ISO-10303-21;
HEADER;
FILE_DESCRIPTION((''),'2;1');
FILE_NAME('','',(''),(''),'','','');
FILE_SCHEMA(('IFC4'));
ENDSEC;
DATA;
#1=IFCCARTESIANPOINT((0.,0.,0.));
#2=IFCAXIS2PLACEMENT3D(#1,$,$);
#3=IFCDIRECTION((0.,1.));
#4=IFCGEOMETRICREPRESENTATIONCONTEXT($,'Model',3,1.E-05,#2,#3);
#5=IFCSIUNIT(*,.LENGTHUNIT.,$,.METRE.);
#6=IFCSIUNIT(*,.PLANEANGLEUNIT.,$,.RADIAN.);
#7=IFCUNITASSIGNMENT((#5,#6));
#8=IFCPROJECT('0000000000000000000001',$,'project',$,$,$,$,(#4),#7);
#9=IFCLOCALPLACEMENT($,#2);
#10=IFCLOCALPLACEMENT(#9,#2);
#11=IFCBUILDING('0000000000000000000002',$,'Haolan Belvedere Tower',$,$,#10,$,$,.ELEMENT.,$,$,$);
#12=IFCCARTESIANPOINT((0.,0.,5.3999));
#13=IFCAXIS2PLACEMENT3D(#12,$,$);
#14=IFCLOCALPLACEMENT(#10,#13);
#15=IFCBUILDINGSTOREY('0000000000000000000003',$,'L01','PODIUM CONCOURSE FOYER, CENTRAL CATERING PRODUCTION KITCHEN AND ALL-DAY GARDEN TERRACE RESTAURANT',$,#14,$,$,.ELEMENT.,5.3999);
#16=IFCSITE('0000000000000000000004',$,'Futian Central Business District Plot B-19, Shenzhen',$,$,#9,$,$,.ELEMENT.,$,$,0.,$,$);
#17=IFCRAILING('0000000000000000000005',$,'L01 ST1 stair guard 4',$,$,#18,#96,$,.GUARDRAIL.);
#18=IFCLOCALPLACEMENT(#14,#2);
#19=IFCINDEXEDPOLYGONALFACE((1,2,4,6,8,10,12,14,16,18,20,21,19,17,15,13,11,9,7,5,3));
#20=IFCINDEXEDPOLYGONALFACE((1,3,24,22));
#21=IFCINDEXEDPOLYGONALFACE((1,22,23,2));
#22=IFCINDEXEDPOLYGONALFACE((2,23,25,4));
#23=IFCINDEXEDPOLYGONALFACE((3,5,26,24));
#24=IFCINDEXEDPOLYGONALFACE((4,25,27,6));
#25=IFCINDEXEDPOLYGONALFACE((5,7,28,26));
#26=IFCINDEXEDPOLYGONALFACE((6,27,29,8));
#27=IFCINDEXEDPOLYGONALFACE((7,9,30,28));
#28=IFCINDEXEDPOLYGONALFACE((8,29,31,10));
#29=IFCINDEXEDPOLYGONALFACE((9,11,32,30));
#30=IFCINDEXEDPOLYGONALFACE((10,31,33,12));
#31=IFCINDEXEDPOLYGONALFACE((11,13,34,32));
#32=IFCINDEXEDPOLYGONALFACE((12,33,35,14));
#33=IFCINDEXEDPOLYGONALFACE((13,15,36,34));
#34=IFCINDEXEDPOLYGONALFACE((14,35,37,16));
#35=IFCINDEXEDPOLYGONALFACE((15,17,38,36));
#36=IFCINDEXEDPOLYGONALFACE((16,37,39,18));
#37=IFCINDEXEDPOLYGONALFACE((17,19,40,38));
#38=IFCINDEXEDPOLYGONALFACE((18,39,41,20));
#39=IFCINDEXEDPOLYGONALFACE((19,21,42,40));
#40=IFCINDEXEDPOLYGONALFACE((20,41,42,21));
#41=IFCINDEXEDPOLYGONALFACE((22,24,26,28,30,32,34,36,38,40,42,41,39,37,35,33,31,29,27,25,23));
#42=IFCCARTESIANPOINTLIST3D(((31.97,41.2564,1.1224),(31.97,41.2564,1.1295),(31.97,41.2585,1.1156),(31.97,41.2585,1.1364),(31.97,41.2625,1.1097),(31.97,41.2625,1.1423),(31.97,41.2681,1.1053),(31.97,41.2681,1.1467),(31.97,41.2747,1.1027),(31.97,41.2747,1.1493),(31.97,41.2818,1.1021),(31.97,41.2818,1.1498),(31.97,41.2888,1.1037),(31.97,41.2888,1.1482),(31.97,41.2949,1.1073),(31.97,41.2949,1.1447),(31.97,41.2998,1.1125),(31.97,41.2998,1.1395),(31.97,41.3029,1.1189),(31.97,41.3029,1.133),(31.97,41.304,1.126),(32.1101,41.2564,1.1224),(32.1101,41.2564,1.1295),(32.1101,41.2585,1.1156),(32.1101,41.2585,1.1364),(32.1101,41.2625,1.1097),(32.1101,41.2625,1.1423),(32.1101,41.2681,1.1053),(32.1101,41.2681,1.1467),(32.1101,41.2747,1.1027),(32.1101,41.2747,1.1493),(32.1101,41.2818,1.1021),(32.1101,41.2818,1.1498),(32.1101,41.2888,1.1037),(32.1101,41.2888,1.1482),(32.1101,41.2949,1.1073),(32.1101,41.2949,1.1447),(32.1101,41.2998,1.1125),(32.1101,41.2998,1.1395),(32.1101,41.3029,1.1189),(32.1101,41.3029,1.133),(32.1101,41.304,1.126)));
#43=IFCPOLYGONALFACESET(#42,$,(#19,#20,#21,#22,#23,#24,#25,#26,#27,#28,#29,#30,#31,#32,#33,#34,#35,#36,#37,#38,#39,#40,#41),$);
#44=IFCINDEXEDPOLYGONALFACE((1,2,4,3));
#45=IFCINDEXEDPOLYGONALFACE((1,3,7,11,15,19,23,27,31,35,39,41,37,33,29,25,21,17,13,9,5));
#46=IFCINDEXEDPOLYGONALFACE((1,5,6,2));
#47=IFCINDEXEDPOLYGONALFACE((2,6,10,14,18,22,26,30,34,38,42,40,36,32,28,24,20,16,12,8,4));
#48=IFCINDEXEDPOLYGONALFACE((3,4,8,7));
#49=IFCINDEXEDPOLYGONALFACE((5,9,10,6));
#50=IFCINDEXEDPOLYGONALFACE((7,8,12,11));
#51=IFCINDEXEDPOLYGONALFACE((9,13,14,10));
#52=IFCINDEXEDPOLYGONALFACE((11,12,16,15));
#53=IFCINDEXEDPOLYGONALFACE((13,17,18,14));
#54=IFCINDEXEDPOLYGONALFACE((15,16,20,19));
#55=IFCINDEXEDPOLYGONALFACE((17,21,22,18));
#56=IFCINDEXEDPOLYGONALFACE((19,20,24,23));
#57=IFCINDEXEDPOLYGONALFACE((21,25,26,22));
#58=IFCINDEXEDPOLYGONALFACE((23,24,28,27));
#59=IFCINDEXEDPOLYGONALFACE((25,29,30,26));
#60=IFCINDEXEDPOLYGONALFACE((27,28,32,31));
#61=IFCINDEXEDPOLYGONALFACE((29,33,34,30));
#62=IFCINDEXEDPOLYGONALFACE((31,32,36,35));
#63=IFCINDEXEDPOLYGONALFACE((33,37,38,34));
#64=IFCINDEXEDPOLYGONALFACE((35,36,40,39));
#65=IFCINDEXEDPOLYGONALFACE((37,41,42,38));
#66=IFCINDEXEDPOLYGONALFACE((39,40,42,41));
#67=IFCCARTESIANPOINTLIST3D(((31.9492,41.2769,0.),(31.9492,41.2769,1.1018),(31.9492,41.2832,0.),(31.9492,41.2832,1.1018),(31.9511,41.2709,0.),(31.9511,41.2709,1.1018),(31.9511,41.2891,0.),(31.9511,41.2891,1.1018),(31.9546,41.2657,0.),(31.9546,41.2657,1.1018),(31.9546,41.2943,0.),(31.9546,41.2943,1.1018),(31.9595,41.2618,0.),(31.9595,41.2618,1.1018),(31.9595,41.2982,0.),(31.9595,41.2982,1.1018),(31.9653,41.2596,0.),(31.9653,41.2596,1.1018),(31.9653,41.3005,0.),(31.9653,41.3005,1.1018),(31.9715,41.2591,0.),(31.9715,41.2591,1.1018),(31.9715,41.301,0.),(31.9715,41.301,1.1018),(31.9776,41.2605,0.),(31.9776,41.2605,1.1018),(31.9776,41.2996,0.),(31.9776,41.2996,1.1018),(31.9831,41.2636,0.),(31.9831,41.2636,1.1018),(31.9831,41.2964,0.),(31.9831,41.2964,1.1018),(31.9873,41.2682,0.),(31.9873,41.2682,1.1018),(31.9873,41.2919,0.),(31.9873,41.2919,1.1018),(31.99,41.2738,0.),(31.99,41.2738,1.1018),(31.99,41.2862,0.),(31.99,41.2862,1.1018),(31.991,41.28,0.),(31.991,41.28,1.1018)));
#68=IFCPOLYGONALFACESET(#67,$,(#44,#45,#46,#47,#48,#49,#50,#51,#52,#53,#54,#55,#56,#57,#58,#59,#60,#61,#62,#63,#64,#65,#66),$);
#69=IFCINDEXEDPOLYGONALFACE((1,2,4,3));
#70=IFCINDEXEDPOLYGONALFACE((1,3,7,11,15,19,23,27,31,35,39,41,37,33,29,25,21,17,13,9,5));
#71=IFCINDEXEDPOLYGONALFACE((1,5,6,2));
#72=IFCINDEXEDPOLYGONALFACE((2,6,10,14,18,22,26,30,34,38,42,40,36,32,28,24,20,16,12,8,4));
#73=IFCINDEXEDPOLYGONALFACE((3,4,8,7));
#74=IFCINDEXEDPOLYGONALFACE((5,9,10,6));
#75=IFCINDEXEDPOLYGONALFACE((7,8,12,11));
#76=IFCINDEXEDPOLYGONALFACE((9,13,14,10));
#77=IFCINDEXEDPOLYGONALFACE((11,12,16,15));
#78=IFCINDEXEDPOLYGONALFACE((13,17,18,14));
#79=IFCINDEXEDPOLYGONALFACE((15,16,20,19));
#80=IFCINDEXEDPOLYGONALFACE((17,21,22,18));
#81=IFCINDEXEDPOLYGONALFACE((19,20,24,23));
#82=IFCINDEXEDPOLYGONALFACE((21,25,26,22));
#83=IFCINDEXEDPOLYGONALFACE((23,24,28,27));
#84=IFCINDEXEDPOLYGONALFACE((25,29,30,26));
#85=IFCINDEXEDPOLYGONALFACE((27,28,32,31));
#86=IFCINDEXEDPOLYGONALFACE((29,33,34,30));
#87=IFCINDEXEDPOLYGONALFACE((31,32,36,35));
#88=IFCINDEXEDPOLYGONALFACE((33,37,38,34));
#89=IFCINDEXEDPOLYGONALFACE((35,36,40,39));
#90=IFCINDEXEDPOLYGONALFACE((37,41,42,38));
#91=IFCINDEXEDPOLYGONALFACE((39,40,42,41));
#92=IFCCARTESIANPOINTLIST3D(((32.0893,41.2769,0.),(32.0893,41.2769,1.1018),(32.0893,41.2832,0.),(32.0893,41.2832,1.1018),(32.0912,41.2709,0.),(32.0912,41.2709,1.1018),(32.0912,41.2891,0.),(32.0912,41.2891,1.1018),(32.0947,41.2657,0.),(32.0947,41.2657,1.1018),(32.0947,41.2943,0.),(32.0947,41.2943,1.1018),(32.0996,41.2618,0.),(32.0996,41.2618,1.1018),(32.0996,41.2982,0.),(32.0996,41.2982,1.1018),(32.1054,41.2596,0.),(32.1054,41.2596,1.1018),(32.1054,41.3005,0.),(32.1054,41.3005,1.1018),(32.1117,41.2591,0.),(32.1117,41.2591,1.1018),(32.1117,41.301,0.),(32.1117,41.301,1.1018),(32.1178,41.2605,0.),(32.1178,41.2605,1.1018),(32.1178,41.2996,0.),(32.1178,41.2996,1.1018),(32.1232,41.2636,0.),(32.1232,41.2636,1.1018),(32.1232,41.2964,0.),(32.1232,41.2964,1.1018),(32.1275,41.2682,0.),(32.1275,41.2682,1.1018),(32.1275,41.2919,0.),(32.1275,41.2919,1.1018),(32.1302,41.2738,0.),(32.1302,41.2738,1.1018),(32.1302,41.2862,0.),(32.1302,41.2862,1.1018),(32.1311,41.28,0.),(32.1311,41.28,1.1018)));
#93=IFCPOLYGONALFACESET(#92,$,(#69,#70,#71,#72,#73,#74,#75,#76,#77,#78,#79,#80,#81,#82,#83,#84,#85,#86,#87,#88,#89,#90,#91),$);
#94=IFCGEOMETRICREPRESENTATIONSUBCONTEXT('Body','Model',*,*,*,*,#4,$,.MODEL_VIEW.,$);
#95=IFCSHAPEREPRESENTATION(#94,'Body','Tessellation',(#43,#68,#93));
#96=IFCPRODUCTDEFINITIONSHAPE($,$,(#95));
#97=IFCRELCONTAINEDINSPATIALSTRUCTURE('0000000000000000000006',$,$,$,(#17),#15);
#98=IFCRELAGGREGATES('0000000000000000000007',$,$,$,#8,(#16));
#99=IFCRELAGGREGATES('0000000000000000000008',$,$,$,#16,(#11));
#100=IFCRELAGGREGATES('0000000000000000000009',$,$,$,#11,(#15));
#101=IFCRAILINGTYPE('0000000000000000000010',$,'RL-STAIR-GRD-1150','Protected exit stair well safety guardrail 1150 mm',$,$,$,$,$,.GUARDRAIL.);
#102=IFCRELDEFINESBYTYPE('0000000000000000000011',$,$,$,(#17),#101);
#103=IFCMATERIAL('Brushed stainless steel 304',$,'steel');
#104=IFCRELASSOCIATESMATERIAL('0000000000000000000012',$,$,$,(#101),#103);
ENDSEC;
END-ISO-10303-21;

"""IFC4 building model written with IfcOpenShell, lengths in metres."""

from ifc_helpers import new_model, si_unit, direction, frame, origin, origin_2d, place, context, subcontext, project, spatial, circle, extrude, material, type_object, element, save


model = new_model("IFC4")

# Units and contexts
model_context = context("Model", 3, precision=1e-05, world=origin(), true_north=direction((0.0, 1.0)))
body_context = subcontext(model_context, "Body", "Model", "MODEL_VIEW")
ifc_project = project(units=[si_unit("LENGTHUNIT", "METRE"), si_unit("PLANEANGLEUNIT", "RADIAN")], contexts=[model_context])

# Site, building, storey
site_placement = place(None, origin())
site = spatial("IfcSite", under=ifc_project, at=site_placement, Name="Futian Central Business District Plot B-19, Shenzhen", CompositionType="ELEMENT", RefElevation=0.0)
building_placement = place(site_placement, origin())
building = spatial("IfcBuilding", under=site, at=building_placement, Name="Haolan Belvedere Tower", CompositionType="ELEMENT")
storey_placement = place(building_placement, frame((0.0, 0.0, 5.3999)))
storey = spatial("IfcBuildingStorey", under=building, at=storey_placement, Name="L01", Description="PODIUM CONCOURSE FOYER, CENTRAL CATERING PRODUCTION KITCHEN AND ALL-DAY GARDEN TERRACE RESTAURANT", CompositionType="ELEMENT", Elevation=5.3999)

# Railing
ifc_material_1 = material(Name="Brushed stainless steel 304", Category="steel")
railing_type_1 = type_object("IfcRailingType", Name="RL-STAIR-GRD-1150", Description="Protected exit stair well safety guardrail 1150 mm", PredefinedType="GUARDRAIL", material=ifc_material_1)
railing_1_placement = place(storey_placement, frame((31.97, 41.28, 0.0)))
element("IfcRailing", 1, at=railing_1_placement, inside=storey, type_object=railing_type_1, Name="L01 ST1 stair guard 4", PredefinedType="GUARDRAIL", context=body_context, shape_type="SweptSolid", body=[
    extrude(circle(Radius=0.0239, at=origin_2d()), frame((0.0, 0.0, 1.126), z_axis=(1.0, 0.0, 0.0), x_axis=(0.0, 1.0, 0.0)), (0.0, 0.0, 1.0), 0.1401),
    extrude(circle(Radius=0.021, at=origin_2d()), origin(), (0.0, 0.0, 1.0), 1.1018),
    extrude(circle(Radius=0.021, at=origin_2d()), frame((0.1401, 0.0, 0.0)), (0.0, 0.0, 1.0), 1.1018),
])

save(model, "model.ifc")
